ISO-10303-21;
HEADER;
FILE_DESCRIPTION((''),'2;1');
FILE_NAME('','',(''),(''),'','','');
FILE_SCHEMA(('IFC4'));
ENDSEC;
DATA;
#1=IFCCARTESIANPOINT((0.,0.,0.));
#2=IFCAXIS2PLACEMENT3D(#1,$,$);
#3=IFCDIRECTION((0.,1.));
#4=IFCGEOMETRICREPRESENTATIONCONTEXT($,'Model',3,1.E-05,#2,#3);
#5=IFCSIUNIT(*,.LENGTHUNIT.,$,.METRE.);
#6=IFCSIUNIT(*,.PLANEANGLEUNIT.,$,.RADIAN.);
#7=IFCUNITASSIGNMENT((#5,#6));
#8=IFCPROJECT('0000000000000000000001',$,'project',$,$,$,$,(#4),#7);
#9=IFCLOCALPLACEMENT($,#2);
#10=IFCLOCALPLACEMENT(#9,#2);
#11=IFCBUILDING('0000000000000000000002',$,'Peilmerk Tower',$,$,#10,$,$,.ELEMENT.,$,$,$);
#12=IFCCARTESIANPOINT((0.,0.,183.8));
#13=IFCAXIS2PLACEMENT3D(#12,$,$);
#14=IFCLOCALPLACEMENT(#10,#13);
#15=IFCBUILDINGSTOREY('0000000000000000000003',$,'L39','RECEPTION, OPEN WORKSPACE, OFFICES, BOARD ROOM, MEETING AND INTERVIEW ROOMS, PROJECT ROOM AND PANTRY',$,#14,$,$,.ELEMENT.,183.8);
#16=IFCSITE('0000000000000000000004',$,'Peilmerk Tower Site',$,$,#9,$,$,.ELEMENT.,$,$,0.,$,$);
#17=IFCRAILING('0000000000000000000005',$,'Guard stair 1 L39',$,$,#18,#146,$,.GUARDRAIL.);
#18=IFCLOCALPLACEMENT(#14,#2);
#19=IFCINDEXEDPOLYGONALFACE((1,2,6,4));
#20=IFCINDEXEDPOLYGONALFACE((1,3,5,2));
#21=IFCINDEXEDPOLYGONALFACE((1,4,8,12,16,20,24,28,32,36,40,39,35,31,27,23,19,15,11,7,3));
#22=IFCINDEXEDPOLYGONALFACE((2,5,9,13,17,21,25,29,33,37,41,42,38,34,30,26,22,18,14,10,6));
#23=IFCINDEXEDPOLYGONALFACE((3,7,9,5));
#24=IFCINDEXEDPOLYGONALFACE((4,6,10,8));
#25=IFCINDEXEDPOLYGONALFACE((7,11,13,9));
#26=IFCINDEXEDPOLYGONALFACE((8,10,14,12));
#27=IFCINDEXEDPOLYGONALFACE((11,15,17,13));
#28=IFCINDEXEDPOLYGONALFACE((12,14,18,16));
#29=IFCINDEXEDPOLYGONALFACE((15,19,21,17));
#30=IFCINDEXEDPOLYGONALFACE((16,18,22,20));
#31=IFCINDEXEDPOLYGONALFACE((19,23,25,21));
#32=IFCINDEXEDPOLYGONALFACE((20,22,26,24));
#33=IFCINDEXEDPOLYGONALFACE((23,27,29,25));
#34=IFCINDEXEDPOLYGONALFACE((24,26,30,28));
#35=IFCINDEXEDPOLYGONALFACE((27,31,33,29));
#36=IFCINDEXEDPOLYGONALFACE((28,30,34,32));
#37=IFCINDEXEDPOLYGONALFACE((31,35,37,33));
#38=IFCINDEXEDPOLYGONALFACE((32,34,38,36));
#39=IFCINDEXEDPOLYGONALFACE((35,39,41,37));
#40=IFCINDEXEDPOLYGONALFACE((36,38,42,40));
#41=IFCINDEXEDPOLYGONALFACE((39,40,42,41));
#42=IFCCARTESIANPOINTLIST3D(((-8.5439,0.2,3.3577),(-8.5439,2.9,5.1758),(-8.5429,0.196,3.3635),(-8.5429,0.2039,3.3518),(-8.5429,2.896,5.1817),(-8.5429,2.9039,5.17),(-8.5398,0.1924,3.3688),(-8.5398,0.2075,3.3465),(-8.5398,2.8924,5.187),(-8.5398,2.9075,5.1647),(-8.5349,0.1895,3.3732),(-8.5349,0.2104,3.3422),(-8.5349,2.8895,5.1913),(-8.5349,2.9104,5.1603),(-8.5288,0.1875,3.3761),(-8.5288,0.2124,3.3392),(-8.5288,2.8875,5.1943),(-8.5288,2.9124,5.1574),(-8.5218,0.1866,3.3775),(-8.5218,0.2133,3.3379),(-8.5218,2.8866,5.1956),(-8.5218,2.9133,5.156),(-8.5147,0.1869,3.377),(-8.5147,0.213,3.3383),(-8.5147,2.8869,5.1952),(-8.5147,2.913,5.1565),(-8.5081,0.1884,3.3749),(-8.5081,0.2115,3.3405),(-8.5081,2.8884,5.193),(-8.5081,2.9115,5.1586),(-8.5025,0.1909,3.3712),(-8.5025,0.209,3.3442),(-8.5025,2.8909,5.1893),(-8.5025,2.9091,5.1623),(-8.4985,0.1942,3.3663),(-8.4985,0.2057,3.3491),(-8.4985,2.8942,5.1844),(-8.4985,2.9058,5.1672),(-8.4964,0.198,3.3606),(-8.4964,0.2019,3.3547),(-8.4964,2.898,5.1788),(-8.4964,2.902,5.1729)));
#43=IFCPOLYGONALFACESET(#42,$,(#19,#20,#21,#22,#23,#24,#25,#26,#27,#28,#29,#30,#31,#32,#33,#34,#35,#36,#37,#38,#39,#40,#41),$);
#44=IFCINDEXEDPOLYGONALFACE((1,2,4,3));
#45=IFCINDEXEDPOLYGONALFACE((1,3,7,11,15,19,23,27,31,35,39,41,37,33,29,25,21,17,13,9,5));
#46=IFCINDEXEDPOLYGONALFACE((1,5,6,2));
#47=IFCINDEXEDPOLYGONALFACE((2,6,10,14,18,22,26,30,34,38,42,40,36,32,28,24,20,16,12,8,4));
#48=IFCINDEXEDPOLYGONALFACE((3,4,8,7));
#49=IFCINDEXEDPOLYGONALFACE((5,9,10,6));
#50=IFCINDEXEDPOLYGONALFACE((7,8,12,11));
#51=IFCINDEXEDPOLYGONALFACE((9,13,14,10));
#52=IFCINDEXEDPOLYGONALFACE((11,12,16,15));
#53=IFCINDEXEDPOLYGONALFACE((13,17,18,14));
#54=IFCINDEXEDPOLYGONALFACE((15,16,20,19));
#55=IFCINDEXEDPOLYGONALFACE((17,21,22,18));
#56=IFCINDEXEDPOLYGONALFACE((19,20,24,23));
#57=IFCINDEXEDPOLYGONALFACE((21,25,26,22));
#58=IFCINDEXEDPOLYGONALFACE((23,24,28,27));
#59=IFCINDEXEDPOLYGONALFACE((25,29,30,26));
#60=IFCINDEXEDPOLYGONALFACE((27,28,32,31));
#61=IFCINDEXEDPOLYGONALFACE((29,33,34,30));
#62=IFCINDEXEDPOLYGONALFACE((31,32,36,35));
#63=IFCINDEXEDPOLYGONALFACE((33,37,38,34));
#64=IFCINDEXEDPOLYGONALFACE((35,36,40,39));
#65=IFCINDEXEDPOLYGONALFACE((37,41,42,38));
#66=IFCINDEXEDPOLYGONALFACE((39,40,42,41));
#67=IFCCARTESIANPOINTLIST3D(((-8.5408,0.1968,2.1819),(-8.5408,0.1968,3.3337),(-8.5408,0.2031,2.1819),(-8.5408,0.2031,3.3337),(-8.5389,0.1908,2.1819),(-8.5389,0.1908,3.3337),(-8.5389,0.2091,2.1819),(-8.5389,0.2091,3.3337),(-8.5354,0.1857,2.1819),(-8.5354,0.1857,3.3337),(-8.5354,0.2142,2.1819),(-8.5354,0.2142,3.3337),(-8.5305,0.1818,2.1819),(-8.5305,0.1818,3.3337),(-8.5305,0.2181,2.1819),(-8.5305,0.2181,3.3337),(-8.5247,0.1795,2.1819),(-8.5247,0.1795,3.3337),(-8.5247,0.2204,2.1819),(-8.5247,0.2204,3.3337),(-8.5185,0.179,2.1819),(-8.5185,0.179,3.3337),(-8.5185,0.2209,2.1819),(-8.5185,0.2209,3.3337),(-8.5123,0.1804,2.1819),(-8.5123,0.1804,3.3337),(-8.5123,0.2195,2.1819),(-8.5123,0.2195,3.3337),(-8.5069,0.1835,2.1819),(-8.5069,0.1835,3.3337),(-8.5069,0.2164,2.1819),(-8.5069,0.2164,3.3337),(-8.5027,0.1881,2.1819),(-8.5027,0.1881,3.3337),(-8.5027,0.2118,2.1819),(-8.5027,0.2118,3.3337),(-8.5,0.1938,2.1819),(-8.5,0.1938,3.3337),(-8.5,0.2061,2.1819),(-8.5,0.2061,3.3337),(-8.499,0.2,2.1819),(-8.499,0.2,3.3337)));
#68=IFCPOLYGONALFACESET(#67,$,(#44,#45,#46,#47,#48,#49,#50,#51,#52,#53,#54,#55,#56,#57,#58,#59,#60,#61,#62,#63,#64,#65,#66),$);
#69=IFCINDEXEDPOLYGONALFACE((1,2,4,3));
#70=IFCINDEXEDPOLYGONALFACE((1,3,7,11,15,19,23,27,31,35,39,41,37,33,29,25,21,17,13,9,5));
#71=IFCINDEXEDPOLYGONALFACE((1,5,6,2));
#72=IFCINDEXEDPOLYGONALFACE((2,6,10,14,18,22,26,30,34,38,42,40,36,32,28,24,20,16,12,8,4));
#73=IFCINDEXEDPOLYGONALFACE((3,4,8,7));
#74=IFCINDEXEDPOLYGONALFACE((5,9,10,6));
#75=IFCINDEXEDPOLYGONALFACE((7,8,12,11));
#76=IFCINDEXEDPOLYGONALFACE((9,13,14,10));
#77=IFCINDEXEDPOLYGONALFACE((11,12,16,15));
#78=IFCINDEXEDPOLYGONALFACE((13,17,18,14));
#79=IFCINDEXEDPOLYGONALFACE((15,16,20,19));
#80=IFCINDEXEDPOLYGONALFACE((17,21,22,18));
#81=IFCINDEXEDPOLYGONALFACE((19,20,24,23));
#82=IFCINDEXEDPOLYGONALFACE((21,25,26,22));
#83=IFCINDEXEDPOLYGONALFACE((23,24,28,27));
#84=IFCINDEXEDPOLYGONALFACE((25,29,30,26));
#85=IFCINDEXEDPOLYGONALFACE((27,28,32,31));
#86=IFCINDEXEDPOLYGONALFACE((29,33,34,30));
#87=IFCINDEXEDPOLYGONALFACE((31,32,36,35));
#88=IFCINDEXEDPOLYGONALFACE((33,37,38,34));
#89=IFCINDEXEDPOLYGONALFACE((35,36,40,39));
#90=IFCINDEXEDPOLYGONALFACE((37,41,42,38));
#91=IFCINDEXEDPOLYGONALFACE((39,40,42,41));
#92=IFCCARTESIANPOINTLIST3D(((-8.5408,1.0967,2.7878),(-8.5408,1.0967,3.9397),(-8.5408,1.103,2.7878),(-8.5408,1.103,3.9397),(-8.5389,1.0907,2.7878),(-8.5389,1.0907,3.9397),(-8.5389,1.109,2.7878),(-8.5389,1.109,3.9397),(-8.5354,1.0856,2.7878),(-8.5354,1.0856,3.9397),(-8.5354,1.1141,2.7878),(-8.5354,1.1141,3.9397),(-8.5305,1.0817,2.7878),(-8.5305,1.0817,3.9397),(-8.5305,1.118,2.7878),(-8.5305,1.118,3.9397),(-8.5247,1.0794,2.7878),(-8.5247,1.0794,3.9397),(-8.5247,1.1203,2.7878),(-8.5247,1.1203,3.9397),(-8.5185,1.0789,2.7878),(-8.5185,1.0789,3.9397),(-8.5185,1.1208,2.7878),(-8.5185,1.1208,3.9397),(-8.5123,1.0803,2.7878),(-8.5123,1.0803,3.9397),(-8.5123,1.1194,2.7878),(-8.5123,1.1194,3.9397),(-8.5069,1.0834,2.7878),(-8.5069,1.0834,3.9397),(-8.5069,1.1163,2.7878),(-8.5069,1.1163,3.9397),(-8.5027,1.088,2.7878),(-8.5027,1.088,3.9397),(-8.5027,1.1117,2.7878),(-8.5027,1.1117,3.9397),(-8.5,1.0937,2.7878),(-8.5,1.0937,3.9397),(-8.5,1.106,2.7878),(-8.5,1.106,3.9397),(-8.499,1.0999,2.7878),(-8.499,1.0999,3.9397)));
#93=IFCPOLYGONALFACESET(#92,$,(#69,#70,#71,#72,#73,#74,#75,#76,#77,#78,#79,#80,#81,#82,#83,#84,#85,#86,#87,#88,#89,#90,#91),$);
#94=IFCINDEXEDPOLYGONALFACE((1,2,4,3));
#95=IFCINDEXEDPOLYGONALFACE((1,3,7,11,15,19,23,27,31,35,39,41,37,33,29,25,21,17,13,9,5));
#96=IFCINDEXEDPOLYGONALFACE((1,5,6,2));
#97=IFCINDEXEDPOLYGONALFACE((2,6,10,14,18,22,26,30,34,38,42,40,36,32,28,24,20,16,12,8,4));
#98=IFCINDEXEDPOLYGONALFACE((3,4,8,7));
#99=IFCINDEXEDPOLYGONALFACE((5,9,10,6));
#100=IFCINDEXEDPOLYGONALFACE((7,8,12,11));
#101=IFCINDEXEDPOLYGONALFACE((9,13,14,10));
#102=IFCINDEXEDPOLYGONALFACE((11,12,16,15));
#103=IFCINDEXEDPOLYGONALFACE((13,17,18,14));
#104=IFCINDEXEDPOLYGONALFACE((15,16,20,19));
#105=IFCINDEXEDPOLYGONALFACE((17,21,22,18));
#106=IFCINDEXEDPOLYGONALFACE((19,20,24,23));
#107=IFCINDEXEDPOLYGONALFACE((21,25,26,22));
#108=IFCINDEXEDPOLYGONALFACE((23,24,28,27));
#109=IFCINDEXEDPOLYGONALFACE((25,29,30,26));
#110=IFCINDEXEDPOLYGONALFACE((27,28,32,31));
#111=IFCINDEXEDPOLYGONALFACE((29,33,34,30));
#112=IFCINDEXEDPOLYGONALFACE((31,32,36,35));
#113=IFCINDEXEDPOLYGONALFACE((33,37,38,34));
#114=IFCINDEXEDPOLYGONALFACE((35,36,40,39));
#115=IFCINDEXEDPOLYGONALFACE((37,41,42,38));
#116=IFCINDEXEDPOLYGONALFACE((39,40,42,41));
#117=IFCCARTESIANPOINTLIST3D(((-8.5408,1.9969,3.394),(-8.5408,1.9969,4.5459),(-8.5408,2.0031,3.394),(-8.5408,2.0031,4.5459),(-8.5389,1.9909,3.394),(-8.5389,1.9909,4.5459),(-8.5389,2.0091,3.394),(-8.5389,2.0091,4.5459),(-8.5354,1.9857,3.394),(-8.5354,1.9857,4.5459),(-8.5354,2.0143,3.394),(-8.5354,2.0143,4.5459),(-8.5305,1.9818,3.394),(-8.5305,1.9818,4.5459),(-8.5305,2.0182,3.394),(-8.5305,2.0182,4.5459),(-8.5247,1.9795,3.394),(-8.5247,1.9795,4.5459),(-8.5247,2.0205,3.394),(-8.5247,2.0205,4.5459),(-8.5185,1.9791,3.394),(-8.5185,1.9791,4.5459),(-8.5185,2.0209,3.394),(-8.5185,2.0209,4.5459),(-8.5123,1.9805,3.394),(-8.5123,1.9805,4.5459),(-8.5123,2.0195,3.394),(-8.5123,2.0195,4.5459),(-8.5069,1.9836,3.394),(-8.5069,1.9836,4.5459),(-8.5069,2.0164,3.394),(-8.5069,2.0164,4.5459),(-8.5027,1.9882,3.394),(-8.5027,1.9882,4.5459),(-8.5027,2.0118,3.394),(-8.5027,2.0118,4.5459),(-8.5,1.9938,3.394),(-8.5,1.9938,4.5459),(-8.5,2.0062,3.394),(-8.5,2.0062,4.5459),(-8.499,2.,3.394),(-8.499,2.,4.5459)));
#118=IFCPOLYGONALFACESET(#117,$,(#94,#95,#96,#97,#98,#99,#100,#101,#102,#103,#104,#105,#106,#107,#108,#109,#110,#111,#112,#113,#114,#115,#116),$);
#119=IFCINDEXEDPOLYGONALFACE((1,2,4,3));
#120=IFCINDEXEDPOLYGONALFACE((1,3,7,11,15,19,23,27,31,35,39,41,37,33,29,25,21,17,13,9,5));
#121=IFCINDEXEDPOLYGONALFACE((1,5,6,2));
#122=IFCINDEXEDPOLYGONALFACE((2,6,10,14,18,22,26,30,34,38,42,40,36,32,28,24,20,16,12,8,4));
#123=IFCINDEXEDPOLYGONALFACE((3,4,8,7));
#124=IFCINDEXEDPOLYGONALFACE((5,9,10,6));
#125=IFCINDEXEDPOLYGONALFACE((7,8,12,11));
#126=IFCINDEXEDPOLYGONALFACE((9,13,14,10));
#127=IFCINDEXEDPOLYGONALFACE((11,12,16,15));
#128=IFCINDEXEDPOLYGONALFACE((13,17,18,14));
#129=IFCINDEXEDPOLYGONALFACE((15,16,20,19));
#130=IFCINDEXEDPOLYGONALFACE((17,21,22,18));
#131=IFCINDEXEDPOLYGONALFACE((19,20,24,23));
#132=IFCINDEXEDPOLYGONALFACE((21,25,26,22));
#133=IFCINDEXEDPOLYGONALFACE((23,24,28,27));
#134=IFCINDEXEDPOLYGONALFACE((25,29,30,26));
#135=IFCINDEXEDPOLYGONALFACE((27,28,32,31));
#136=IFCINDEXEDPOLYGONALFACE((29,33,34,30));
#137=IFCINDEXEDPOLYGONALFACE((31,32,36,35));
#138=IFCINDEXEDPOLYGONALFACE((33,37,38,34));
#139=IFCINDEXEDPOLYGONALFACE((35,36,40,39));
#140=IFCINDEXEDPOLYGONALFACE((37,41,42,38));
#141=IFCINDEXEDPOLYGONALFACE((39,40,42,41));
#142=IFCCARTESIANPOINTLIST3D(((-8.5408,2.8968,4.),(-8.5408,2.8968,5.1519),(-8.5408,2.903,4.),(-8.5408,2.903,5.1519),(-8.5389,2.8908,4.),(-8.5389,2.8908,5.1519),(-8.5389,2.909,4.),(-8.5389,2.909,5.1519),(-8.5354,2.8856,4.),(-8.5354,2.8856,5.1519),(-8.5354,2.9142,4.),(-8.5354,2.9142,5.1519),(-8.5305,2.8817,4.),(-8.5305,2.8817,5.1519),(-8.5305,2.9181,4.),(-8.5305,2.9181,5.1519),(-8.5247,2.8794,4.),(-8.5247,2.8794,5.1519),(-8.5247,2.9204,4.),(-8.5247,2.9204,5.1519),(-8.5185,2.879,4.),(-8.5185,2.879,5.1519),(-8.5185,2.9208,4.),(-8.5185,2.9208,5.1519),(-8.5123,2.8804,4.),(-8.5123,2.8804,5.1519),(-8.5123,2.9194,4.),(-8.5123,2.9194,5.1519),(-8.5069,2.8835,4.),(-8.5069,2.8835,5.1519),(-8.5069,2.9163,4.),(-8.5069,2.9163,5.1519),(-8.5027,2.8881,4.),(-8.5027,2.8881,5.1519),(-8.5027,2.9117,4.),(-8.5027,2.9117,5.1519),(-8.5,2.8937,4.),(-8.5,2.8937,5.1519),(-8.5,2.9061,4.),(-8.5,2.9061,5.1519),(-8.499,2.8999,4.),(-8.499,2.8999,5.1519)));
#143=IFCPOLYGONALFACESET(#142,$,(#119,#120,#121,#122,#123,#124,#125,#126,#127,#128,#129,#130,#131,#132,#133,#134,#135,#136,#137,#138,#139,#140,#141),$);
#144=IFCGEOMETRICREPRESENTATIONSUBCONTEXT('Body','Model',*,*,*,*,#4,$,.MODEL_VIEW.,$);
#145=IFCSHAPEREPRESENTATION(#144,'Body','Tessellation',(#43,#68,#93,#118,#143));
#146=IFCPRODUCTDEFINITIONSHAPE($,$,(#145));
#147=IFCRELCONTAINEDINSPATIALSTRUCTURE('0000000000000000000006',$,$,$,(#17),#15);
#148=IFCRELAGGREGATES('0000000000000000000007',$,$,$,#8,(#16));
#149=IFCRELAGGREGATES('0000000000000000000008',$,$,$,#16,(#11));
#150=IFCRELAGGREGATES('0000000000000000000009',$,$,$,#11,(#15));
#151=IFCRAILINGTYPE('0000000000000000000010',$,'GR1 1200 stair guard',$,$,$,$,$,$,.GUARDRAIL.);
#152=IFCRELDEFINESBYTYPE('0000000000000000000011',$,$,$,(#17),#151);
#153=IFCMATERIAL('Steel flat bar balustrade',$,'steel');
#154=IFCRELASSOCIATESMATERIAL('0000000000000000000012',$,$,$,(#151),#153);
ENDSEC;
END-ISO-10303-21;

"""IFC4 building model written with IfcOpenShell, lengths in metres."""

from ifc_helpers import new_model, si_unit, direction, frame, origin, origin_2d, place, context, subcontext, project, spatial, circle, extrude, material, type_object, element, save


model = new_model("IFC4")

# Units and contexts
model_context = context("Model", 3, precision=1e-05, world=origin(), true_north=direction((0.0, 1.0)))
body_context = subcontext(model_context, "Body", "Model", "MODEL_VIEW")
ifc_project = project(units=[si_unit("LENGTHUNIT", "METRE"), si_unit("PLANEANGLEUNIT", "RADIAN")], contexts=[model_context])

# Site, building, storey
site_placement = place(None, origin())
site = spatial("IfcSite", under=ifc_project, at=site_placement, Name="Peilmerk Tower Site", CompositionType="ELEMENT", RefElevation=0.0)
building_placement = place(site_placement, origin())
building = spatial("IfcBuilding", under=site, at=building_placement, Name="Peilmerk Tower", CompositionType="ELEMENT")
storey_placement = place(building_placement, frame((0.0, 0.0, 183.8)))
storey = spatial("IfcBuildingStorey", under=building, at=storey_placement, Name="L39", Description="RECEPTION, OPEN WORKSPACE, OFFICES, BOARD ROOM, MEETING AND INTERVIEW ROOMS, PROJECT ROOM AND PANTRY", CompositionType="ELEMENT", Elevation=183.8)

# Railing
ifc_material_1 = material(Name="Steel flat bar balustrade", Category="steel")
railing_type_1 = type_object("IfcRailingType", Name="GR1 1200 stair guard", PredefinedType="GUARDRAIL", material=ifc_material_1)
railing_1_placement = place(storey_placement, frame((-8.52, 0.2, 2.1819)))
element("IfcRailing", 1, at=railing_1_placement, inside=storey, type_object=railing_type_1, Name="Guard stair 1 L39", PredefinedType="GUARDRAIL", context=body_context, shape_type="SweptSolid", body=[
    extrude(circle(Radius=0.0239, at=origin_2d()), frame((0.0, 0.0, 1.1758), z_axis=(0.0, 0.829468, 0.558554), x_axis=(-1.0, 0.0, 0.0)), (0.0, 0.0, 1.0), 3.2551),
    extrude(circle(Radius=0.021, at=origin_2d()), origin(), (0.0, 0.0, 1.0), 1.1519),
    extrude(circle(Radius=0.021, at=origin_2d()), frame((0.0, 0.8999, 0.606)), (0.0, 0.0, 1.0), 1.1519),
    extrude(circle(Radius=0.021, at=origin_2d()), frame((0.0, 1.8, 1.2122)), (0.0, 0.0, 1.0), 1.1519),
    extrude(circle(Radius=0.021, at=origin_2d()), frame((0.0, 2.7, 1.8181)), (0.0, 0.0, 1.0), 1.1519),
])

save(model, "model.ifc")
